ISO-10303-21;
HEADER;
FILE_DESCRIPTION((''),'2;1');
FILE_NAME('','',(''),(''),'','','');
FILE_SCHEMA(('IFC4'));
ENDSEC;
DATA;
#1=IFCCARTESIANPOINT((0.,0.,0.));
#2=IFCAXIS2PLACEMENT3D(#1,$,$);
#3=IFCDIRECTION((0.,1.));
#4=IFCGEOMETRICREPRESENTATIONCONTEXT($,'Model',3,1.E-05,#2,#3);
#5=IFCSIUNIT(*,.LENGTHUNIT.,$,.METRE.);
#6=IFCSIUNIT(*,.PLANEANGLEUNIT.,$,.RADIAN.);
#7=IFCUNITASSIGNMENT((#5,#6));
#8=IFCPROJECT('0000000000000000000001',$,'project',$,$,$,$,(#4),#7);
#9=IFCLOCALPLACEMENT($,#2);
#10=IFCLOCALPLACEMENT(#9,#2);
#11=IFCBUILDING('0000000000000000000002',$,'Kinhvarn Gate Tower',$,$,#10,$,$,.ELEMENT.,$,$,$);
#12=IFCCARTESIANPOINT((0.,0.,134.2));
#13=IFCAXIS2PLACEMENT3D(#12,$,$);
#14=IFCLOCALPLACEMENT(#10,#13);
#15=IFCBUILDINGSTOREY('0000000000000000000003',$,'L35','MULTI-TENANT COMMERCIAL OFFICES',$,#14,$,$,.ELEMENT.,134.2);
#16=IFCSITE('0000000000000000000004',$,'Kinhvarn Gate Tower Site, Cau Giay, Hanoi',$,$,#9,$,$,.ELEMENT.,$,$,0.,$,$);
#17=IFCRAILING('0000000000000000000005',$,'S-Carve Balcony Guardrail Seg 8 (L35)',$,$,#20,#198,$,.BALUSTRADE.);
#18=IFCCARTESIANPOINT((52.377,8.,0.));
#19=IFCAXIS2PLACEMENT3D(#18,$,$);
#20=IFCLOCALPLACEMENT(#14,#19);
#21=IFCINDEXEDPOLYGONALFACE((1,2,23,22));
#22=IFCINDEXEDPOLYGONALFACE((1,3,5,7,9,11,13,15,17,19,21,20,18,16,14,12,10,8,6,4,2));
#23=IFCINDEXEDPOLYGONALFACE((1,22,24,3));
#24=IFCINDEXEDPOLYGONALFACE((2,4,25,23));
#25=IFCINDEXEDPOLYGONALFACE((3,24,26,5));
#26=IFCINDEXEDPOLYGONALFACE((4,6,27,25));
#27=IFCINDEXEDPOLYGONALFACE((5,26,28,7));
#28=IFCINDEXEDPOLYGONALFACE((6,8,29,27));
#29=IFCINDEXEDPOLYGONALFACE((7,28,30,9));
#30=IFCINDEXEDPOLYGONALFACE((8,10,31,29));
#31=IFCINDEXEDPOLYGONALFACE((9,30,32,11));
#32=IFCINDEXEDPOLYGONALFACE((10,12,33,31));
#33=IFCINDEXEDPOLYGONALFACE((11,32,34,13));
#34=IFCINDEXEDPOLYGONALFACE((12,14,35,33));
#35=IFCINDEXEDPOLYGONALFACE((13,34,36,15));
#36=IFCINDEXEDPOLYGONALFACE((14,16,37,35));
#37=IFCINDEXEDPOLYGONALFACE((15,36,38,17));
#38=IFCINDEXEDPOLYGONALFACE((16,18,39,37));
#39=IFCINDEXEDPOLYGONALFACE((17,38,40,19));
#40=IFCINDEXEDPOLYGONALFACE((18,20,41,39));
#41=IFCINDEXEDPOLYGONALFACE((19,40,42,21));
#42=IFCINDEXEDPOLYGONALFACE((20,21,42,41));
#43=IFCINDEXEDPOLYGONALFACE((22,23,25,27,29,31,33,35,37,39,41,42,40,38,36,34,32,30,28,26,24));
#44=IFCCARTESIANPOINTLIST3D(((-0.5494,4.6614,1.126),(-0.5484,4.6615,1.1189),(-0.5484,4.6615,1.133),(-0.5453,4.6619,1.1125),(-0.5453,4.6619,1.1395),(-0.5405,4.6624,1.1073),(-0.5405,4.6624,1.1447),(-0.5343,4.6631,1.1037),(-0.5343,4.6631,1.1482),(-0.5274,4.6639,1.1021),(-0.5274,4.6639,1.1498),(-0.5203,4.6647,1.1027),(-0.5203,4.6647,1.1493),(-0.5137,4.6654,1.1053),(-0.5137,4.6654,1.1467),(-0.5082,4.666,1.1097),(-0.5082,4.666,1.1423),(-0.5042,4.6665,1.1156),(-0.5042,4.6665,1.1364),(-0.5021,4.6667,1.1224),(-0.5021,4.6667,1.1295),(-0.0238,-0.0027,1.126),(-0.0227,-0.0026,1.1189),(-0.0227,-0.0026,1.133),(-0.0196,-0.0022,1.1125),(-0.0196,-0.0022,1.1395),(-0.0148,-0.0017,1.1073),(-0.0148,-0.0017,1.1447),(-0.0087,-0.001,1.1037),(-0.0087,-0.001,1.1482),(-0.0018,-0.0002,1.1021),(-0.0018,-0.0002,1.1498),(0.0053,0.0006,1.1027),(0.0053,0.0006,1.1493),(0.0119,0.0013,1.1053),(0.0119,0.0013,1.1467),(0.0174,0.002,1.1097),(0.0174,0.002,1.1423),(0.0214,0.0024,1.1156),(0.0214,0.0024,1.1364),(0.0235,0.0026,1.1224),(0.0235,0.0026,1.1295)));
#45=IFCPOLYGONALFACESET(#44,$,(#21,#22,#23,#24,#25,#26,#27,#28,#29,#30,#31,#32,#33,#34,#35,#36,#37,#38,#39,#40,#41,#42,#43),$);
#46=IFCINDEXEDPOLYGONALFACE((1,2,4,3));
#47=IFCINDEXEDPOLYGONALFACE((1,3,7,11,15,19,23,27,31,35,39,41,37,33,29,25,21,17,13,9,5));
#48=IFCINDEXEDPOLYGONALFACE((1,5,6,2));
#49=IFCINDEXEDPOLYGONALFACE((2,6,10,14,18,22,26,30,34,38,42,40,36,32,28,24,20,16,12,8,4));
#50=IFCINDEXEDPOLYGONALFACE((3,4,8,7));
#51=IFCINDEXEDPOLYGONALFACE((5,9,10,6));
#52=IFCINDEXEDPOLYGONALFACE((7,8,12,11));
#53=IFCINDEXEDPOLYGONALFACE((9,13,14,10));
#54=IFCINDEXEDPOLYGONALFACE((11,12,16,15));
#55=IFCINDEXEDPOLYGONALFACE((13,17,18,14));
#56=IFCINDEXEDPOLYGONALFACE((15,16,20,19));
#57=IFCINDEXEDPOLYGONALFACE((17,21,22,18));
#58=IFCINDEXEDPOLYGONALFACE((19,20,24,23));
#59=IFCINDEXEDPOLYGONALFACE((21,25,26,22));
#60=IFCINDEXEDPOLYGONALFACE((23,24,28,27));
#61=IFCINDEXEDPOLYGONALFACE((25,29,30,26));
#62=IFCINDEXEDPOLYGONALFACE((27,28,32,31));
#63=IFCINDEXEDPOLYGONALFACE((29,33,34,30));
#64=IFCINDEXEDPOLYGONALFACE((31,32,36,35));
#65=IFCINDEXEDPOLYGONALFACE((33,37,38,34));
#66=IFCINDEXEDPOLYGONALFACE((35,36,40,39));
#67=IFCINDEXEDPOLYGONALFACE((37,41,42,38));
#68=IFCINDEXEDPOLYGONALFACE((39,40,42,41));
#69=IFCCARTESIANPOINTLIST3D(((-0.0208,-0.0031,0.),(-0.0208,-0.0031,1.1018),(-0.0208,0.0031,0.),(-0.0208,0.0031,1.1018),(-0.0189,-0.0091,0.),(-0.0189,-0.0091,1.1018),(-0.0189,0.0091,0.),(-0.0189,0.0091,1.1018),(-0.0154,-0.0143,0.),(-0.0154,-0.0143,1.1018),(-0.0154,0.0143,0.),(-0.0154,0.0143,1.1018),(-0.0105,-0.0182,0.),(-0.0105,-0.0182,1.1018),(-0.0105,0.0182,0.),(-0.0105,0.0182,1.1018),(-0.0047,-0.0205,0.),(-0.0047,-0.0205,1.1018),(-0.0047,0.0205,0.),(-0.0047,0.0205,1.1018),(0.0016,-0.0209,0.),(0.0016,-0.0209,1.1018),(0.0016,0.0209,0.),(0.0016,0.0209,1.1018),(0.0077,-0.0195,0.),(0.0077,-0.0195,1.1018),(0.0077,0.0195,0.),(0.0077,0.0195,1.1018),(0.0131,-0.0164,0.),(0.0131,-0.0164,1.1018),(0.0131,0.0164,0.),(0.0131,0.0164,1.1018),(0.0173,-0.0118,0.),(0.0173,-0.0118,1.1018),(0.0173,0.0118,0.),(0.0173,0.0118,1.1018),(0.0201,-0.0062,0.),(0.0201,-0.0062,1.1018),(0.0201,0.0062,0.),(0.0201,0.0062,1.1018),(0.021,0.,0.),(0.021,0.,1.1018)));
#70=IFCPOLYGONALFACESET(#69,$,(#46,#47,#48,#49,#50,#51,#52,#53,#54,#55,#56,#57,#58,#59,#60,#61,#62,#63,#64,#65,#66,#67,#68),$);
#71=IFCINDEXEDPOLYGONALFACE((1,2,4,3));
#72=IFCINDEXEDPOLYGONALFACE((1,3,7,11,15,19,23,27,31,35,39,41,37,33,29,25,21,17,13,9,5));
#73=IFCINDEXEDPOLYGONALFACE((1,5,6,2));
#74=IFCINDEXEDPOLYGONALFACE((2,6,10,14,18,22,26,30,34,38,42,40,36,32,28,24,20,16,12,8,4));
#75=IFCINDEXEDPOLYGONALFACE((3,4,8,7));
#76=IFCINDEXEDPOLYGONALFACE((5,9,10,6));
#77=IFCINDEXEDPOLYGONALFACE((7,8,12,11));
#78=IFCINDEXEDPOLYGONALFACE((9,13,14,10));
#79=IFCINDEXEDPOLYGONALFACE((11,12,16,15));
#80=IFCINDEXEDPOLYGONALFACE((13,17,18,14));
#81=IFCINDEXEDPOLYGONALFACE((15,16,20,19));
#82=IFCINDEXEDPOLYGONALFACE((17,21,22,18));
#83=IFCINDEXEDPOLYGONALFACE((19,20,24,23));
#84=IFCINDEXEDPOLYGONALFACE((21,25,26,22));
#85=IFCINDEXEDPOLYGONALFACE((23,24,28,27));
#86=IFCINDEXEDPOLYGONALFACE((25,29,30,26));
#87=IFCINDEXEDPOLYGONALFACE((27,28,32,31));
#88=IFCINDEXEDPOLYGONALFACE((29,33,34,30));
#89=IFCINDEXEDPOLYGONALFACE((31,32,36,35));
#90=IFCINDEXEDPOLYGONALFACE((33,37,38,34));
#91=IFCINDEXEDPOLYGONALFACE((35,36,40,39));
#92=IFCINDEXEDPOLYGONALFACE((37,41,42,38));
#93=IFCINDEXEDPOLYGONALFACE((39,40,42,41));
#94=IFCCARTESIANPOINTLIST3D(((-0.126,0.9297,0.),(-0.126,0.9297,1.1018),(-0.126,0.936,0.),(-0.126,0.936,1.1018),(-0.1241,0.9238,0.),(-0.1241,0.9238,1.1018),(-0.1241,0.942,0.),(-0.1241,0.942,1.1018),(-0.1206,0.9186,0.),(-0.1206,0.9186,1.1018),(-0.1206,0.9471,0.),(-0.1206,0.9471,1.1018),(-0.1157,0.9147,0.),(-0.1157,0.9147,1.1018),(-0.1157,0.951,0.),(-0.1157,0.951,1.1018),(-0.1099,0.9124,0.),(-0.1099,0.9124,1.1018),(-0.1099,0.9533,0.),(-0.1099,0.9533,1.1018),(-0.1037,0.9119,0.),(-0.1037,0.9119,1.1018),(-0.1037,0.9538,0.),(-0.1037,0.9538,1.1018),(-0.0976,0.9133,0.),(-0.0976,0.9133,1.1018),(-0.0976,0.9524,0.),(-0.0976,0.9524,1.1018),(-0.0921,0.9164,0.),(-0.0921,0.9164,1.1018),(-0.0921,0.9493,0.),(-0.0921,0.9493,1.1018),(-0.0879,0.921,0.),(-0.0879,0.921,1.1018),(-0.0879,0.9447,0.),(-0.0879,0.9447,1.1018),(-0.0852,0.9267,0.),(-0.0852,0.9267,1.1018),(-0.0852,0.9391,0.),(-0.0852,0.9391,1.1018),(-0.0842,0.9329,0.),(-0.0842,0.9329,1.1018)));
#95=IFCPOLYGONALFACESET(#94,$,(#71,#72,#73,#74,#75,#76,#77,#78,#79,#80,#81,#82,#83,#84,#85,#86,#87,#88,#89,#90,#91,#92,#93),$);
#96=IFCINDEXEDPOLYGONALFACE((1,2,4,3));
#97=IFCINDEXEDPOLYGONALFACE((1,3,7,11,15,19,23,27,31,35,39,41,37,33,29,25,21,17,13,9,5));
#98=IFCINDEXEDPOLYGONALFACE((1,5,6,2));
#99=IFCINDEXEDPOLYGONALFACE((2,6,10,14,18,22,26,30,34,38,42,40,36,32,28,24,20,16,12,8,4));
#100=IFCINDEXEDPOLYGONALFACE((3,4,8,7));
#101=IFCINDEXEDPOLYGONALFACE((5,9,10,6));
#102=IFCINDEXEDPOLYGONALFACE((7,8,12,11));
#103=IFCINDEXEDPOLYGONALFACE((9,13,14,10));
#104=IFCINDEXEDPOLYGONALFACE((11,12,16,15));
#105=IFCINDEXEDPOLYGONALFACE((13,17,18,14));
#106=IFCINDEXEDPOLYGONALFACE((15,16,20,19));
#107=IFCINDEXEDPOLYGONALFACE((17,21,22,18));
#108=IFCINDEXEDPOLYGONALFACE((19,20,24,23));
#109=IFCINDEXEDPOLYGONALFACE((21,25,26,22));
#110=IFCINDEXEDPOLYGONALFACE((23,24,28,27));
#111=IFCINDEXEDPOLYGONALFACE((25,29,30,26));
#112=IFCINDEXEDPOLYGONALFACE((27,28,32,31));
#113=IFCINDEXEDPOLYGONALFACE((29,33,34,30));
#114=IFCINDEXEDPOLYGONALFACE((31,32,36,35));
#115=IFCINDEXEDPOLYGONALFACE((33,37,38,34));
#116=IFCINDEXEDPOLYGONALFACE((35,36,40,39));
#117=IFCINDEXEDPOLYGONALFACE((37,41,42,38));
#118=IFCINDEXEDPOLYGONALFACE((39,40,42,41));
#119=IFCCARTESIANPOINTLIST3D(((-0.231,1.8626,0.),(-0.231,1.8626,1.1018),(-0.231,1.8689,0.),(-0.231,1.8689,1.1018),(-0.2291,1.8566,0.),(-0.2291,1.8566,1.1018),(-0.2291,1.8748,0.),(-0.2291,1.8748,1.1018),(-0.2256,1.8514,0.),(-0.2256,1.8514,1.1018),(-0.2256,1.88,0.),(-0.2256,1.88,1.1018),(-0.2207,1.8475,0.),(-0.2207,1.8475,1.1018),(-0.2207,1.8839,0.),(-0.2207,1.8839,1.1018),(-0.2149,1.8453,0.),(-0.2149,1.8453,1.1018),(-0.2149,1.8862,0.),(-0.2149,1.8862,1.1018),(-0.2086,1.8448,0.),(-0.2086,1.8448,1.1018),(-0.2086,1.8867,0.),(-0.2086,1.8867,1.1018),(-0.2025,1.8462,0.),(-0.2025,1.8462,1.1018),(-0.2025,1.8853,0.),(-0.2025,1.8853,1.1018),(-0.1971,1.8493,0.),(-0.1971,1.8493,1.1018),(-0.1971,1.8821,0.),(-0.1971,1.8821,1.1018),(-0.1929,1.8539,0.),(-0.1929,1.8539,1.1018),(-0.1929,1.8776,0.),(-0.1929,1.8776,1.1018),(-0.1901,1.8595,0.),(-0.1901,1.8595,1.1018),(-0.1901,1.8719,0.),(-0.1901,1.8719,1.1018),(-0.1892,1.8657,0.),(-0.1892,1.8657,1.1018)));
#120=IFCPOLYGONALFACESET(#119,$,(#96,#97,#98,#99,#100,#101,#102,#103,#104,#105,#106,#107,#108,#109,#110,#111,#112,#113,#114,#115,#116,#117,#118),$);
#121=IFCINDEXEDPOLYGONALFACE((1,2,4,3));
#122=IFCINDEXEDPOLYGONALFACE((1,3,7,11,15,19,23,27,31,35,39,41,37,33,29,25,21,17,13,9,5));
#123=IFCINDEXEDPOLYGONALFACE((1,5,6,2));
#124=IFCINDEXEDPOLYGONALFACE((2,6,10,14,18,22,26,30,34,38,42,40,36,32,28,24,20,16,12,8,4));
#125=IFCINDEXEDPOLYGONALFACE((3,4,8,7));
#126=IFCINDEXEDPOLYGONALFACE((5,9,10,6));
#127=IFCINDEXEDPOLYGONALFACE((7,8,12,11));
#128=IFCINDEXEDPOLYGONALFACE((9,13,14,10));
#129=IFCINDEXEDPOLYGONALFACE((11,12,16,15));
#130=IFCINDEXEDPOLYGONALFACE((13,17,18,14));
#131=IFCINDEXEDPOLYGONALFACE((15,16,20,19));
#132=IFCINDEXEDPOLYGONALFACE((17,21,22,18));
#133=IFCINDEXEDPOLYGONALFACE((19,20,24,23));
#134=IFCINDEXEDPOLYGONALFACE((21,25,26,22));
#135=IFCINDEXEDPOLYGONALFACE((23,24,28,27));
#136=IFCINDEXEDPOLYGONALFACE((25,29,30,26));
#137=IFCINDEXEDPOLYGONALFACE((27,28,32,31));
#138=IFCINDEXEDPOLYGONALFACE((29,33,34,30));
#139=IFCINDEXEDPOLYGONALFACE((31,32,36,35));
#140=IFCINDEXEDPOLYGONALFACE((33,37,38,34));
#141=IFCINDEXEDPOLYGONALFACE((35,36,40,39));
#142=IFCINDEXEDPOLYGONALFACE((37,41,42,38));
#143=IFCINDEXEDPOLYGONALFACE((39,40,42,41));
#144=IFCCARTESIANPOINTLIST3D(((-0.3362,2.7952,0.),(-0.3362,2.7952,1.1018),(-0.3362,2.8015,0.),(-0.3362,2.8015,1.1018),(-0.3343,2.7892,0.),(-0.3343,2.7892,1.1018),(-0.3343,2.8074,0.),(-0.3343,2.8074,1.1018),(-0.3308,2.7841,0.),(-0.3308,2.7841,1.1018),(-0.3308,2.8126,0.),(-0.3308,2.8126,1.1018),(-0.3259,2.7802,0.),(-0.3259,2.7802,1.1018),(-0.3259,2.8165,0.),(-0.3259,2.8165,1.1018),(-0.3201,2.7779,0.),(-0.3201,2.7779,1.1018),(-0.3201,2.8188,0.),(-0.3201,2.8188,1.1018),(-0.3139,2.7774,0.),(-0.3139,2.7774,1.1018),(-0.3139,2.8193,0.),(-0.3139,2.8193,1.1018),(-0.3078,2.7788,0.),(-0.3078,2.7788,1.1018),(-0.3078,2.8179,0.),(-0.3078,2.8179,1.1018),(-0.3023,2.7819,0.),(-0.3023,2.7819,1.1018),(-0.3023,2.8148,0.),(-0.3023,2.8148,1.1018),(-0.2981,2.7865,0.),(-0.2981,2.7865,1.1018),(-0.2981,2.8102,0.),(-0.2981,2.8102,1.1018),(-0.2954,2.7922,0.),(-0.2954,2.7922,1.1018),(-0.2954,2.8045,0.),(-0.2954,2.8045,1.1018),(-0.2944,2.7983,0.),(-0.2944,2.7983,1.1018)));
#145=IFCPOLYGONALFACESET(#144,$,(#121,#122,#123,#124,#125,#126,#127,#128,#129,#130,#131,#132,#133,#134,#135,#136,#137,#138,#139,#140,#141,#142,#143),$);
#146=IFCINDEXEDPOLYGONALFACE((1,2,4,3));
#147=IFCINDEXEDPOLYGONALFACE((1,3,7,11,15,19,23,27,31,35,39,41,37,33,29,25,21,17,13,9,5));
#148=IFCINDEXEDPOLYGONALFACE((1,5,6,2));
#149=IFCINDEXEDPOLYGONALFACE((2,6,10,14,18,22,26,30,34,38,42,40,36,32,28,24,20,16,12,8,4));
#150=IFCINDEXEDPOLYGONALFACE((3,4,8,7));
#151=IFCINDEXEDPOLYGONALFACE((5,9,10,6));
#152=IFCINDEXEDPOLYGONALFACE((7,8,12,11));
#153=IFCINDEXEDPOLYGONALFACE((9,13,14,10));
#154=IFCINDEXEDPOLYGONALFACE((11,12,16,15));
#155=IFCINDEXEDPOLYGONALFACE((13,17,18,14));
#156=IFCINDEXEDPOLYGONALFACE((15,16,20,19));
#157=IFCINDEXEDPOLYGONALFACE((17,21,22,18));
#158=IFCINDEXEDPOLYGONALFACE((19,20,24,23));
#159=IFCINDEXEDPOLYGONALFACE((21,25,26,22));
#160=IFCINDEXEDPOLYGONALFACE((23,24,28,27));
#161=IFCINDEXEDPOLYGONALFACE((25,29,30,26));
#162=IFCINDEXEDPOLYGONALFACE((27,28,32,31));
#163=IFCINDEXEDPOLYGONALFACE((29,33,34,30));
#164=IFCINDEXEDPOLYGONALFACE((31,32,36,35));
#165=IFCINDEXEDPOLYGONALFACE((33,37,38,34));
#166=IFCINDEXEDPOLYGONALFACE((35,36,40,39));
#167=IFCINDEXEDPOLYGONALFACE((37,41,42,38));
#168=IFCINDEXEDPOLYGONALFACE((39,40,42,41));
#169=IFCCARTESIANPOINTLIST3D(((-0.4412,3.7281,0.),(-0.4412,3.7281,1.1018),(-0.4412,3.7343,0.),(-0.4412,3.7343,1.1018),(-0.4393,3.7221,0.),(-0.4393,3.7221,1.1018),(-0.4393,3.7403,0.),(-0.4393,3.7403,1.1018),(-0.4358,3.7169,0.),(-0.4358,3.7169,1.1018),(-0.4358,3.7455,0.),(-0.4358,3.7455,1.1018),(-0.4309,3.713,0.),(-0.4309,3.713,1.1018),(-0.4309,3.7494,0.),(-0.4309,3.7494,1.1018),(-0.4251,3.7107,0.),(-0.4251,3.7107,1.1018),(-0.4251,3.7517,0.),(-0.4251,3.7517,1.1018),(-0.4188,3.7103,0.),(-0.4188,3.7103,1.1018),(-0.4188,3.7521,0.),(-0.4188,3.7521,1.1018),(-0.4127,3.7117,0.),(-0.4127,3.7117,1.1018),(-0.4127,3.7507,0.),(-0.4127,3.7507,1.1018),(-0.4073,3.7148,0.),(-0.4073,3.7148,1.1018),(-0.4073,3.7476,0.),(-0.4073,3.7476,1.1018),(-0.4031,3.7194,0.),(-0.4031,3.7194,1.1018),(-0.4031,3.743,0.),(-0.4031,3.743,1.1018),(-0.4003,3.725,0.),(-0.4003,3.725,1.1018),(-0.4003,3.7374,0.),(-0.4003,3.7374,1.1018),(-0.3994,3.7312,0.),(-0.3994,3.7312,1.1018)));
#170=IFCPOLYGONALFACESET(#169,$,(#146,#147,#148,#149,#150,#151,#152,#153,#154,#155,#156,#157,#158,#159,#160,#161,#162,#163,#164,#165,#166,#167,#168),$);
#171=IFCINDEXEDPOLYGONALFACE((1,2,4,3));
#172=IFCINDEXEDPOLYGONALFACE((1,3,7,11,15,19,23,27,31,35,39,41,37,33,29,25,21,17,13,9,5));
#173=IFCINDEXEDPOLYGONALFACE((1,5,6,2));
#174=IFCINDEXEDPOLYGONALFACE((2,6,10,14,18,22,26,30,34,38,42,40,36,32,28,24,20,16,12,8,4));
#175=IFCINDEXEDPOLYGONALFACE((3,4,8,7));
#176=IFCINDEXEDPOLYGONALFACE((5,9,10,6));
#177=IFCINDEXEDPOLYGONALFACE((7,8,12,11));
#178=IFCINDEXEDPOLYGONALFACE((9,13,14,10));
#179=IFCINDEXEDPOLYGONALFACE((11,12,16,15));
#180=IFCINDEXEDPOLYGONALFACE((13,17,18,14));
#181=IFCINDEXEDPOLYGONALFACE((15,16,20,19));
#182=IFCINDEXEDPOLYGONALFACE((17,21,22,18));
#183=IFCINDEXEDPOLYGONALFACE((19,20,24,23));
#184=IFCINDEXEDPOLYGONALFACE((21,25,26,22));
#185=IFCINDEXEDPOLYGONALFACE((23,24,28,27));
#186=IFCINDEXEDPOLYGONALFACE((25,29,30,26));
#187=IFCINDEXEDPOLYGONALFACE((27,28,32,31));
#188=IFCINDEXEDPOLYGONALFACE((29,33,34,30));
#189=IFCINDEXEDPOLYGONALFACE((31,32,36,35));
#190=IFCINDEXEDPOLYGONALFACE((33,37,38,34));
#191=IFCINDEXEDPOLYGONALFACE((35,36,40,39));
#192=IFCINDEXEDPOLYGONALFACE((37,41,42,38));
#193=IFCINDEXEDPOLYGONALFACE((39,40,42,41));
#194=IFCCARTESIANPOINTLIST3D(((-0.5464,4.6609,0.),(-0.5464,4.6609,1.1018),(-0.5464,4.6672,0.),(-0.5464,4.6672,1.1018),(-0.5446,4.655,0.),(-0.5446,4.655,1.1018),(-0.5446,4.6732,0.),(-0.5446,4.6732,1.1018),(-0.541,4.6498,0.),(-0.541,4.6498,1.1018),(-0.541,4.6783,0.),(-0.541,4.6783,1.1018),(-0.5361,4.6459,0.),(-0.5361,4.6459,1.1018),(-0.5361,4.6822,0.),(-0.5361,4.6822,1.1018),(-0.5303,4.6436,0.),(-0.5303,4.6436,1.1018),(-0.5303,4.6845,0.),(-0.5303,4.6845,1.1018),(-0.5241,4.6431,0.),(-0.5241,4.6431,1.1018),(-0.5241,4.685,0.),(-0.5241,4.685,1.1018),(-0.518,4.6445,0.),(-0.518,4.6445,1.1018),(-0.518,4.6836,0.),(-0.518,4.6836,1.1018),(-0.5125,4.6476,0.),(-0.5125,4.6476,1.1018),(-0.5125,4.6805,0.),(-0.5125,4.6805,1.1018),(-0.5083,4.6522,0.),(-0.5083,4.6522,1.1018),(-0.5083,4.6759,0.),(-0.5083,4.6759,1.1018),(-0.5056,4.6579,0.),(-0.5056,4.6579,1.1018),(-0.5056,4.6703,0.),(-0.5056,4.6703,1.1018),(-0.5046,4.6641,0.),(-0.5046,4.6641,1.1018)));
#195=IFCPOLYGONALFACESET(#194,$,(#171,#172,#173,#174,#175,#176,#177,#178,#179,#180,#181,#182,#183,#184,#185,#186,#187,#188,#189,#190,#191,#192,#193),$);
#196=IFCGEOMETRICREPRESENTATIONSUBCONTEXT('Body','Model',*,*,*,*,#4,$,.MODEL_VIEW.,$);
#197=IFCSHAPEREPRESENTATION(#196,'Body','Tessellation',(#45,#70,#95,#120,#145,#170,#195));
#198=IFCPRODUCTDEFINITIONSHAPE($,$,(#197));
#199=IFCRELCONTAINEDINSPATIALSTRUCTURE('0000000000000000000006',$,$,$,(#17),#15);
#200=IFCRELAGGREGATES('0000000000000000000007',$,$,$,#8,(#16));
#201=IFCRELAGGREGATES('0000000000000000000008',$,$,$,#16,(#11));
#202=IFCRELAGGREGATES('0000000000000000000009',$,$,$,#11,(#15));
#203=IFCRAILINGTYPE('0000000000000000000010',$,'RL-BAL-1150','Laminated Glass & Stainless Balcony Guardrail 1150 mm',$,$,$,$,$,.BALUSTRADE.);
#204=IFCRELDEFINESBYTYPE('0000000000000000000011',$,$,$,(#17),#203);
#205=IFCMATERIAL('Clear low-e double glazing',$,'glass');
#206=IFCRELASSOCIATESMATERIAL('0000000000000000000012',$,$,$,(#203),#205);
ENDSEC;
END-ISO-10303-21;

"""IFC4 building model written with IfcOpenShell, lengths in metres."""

from ifc_helpers import new_model, si_unit, direction, frame, origin, origin_2d, place, context, subcontext, project, spatial, circle, extrude, material, type_object, element, save


model = new_model("IFC4")

# Units and contexts
model_context = context("Model", 3, precision=1e-05, world=origin(), true_north=direction((0.0, 1.0)))
body_context = subcontext(model_context, "Body", "Model", "MODEL_VIEW")
ifc_project = project(units=[si_unit("LENGTHUNIT", "METRE"), si_unit("PLANEANGLEUNIT", "RADIAN")], contexts=[model_context])

# Site, building, storey
site_placement = place(None, origin())
site = spatial("IfcSite", under=ifc_project, at=site_placement, Name="Kinhvarn Gate Tower Site, Cau Giay, Hanoi", CompositionType="ELEMENT", RefElevation=0.0)
building_placement = place(site_placement, origin())
building = spatial("IfcBuilding", under=site, at=building_placement, Name="Kinhvarn Gate Tower", CompositionType="ELEMENT")
storey_placement = place(building_placement, frame((0.0, 0.0, 134.2)))
storey = spatial("IfcBuildingStorey", under=building, at=storey_placement, Name="L35", Description="MULTI-TENANT COMMERCIAL OFFICES", CompositionType="ELEMENT", Elevation=134.2)

# Shared definitions
ifc_material_1 = material(Name="Clear low-e double glazing", Category="glass")

# Railing
railing_type = type_object("IfcRailingType", Name="RL-BAL-1150", Description="Laminated Glass & Stainless Balcony Guardrail 1150 mm", PredefinedType="BALUSTRADE", material=ifc_material_1)
railing_1_placement = place(storey_placement, frame((52.377, 8.0, 0.0)))
element("IfcRailing", 1, at=railing_1_placement, inside=storey, type_object=railing_type, Name="S-Carve Balcony Guardrail Seg 8 (L35)", PredefinedType="BALUSTRADE", context=body_context, shape_type="SweptSolid", body=[
    extrude(circle(Radius=0.0239, at=origin_2d()), frame((0.0, 0.0, 1.126), z_axis=(-0.11199, 0.993709, 0.0), x_axis=(-0.993709, -0.11199, 0.0)), (0.0, 0.0, 1.0), 4.6936),
    extrude(circle(Radius=0.021, at=origin_2d()), origin(), (0.0, 0.0, 1.0), 1.1018),
    extrude(circle(Radius=0.021, at=origin_2d()), frame((-0.1052, 0.9329, 0.0)), (0.0, 0.0, 1.0), 1.1018),
    extrude(circle(Radius=0.021, at=origin_2d()), frame((-0.2102, 1.8657, 0.0)), (0.0, 0.0, 1.0), 1.1018),
    extrude(circle(Radius=0.021, at=origin_2d()), frame((-0.3154, 2.7983, 0.0)), (0.0, 0.0, 1.0), 1.1018),
    extrude(circle(Radius=0.021, at=origin_2d()), frame((-0.4204, 3.7312, 0.0)), (0.0, 0.0, 1.0), 1.1018),
    extrude(circle(Radius=0.021, at=origin_2d()), frame((-0.5256, 4.6641, 0.0)), (0.0, 0.0, 1.0), 1.1018),
])

save(model, "model.ifc")
